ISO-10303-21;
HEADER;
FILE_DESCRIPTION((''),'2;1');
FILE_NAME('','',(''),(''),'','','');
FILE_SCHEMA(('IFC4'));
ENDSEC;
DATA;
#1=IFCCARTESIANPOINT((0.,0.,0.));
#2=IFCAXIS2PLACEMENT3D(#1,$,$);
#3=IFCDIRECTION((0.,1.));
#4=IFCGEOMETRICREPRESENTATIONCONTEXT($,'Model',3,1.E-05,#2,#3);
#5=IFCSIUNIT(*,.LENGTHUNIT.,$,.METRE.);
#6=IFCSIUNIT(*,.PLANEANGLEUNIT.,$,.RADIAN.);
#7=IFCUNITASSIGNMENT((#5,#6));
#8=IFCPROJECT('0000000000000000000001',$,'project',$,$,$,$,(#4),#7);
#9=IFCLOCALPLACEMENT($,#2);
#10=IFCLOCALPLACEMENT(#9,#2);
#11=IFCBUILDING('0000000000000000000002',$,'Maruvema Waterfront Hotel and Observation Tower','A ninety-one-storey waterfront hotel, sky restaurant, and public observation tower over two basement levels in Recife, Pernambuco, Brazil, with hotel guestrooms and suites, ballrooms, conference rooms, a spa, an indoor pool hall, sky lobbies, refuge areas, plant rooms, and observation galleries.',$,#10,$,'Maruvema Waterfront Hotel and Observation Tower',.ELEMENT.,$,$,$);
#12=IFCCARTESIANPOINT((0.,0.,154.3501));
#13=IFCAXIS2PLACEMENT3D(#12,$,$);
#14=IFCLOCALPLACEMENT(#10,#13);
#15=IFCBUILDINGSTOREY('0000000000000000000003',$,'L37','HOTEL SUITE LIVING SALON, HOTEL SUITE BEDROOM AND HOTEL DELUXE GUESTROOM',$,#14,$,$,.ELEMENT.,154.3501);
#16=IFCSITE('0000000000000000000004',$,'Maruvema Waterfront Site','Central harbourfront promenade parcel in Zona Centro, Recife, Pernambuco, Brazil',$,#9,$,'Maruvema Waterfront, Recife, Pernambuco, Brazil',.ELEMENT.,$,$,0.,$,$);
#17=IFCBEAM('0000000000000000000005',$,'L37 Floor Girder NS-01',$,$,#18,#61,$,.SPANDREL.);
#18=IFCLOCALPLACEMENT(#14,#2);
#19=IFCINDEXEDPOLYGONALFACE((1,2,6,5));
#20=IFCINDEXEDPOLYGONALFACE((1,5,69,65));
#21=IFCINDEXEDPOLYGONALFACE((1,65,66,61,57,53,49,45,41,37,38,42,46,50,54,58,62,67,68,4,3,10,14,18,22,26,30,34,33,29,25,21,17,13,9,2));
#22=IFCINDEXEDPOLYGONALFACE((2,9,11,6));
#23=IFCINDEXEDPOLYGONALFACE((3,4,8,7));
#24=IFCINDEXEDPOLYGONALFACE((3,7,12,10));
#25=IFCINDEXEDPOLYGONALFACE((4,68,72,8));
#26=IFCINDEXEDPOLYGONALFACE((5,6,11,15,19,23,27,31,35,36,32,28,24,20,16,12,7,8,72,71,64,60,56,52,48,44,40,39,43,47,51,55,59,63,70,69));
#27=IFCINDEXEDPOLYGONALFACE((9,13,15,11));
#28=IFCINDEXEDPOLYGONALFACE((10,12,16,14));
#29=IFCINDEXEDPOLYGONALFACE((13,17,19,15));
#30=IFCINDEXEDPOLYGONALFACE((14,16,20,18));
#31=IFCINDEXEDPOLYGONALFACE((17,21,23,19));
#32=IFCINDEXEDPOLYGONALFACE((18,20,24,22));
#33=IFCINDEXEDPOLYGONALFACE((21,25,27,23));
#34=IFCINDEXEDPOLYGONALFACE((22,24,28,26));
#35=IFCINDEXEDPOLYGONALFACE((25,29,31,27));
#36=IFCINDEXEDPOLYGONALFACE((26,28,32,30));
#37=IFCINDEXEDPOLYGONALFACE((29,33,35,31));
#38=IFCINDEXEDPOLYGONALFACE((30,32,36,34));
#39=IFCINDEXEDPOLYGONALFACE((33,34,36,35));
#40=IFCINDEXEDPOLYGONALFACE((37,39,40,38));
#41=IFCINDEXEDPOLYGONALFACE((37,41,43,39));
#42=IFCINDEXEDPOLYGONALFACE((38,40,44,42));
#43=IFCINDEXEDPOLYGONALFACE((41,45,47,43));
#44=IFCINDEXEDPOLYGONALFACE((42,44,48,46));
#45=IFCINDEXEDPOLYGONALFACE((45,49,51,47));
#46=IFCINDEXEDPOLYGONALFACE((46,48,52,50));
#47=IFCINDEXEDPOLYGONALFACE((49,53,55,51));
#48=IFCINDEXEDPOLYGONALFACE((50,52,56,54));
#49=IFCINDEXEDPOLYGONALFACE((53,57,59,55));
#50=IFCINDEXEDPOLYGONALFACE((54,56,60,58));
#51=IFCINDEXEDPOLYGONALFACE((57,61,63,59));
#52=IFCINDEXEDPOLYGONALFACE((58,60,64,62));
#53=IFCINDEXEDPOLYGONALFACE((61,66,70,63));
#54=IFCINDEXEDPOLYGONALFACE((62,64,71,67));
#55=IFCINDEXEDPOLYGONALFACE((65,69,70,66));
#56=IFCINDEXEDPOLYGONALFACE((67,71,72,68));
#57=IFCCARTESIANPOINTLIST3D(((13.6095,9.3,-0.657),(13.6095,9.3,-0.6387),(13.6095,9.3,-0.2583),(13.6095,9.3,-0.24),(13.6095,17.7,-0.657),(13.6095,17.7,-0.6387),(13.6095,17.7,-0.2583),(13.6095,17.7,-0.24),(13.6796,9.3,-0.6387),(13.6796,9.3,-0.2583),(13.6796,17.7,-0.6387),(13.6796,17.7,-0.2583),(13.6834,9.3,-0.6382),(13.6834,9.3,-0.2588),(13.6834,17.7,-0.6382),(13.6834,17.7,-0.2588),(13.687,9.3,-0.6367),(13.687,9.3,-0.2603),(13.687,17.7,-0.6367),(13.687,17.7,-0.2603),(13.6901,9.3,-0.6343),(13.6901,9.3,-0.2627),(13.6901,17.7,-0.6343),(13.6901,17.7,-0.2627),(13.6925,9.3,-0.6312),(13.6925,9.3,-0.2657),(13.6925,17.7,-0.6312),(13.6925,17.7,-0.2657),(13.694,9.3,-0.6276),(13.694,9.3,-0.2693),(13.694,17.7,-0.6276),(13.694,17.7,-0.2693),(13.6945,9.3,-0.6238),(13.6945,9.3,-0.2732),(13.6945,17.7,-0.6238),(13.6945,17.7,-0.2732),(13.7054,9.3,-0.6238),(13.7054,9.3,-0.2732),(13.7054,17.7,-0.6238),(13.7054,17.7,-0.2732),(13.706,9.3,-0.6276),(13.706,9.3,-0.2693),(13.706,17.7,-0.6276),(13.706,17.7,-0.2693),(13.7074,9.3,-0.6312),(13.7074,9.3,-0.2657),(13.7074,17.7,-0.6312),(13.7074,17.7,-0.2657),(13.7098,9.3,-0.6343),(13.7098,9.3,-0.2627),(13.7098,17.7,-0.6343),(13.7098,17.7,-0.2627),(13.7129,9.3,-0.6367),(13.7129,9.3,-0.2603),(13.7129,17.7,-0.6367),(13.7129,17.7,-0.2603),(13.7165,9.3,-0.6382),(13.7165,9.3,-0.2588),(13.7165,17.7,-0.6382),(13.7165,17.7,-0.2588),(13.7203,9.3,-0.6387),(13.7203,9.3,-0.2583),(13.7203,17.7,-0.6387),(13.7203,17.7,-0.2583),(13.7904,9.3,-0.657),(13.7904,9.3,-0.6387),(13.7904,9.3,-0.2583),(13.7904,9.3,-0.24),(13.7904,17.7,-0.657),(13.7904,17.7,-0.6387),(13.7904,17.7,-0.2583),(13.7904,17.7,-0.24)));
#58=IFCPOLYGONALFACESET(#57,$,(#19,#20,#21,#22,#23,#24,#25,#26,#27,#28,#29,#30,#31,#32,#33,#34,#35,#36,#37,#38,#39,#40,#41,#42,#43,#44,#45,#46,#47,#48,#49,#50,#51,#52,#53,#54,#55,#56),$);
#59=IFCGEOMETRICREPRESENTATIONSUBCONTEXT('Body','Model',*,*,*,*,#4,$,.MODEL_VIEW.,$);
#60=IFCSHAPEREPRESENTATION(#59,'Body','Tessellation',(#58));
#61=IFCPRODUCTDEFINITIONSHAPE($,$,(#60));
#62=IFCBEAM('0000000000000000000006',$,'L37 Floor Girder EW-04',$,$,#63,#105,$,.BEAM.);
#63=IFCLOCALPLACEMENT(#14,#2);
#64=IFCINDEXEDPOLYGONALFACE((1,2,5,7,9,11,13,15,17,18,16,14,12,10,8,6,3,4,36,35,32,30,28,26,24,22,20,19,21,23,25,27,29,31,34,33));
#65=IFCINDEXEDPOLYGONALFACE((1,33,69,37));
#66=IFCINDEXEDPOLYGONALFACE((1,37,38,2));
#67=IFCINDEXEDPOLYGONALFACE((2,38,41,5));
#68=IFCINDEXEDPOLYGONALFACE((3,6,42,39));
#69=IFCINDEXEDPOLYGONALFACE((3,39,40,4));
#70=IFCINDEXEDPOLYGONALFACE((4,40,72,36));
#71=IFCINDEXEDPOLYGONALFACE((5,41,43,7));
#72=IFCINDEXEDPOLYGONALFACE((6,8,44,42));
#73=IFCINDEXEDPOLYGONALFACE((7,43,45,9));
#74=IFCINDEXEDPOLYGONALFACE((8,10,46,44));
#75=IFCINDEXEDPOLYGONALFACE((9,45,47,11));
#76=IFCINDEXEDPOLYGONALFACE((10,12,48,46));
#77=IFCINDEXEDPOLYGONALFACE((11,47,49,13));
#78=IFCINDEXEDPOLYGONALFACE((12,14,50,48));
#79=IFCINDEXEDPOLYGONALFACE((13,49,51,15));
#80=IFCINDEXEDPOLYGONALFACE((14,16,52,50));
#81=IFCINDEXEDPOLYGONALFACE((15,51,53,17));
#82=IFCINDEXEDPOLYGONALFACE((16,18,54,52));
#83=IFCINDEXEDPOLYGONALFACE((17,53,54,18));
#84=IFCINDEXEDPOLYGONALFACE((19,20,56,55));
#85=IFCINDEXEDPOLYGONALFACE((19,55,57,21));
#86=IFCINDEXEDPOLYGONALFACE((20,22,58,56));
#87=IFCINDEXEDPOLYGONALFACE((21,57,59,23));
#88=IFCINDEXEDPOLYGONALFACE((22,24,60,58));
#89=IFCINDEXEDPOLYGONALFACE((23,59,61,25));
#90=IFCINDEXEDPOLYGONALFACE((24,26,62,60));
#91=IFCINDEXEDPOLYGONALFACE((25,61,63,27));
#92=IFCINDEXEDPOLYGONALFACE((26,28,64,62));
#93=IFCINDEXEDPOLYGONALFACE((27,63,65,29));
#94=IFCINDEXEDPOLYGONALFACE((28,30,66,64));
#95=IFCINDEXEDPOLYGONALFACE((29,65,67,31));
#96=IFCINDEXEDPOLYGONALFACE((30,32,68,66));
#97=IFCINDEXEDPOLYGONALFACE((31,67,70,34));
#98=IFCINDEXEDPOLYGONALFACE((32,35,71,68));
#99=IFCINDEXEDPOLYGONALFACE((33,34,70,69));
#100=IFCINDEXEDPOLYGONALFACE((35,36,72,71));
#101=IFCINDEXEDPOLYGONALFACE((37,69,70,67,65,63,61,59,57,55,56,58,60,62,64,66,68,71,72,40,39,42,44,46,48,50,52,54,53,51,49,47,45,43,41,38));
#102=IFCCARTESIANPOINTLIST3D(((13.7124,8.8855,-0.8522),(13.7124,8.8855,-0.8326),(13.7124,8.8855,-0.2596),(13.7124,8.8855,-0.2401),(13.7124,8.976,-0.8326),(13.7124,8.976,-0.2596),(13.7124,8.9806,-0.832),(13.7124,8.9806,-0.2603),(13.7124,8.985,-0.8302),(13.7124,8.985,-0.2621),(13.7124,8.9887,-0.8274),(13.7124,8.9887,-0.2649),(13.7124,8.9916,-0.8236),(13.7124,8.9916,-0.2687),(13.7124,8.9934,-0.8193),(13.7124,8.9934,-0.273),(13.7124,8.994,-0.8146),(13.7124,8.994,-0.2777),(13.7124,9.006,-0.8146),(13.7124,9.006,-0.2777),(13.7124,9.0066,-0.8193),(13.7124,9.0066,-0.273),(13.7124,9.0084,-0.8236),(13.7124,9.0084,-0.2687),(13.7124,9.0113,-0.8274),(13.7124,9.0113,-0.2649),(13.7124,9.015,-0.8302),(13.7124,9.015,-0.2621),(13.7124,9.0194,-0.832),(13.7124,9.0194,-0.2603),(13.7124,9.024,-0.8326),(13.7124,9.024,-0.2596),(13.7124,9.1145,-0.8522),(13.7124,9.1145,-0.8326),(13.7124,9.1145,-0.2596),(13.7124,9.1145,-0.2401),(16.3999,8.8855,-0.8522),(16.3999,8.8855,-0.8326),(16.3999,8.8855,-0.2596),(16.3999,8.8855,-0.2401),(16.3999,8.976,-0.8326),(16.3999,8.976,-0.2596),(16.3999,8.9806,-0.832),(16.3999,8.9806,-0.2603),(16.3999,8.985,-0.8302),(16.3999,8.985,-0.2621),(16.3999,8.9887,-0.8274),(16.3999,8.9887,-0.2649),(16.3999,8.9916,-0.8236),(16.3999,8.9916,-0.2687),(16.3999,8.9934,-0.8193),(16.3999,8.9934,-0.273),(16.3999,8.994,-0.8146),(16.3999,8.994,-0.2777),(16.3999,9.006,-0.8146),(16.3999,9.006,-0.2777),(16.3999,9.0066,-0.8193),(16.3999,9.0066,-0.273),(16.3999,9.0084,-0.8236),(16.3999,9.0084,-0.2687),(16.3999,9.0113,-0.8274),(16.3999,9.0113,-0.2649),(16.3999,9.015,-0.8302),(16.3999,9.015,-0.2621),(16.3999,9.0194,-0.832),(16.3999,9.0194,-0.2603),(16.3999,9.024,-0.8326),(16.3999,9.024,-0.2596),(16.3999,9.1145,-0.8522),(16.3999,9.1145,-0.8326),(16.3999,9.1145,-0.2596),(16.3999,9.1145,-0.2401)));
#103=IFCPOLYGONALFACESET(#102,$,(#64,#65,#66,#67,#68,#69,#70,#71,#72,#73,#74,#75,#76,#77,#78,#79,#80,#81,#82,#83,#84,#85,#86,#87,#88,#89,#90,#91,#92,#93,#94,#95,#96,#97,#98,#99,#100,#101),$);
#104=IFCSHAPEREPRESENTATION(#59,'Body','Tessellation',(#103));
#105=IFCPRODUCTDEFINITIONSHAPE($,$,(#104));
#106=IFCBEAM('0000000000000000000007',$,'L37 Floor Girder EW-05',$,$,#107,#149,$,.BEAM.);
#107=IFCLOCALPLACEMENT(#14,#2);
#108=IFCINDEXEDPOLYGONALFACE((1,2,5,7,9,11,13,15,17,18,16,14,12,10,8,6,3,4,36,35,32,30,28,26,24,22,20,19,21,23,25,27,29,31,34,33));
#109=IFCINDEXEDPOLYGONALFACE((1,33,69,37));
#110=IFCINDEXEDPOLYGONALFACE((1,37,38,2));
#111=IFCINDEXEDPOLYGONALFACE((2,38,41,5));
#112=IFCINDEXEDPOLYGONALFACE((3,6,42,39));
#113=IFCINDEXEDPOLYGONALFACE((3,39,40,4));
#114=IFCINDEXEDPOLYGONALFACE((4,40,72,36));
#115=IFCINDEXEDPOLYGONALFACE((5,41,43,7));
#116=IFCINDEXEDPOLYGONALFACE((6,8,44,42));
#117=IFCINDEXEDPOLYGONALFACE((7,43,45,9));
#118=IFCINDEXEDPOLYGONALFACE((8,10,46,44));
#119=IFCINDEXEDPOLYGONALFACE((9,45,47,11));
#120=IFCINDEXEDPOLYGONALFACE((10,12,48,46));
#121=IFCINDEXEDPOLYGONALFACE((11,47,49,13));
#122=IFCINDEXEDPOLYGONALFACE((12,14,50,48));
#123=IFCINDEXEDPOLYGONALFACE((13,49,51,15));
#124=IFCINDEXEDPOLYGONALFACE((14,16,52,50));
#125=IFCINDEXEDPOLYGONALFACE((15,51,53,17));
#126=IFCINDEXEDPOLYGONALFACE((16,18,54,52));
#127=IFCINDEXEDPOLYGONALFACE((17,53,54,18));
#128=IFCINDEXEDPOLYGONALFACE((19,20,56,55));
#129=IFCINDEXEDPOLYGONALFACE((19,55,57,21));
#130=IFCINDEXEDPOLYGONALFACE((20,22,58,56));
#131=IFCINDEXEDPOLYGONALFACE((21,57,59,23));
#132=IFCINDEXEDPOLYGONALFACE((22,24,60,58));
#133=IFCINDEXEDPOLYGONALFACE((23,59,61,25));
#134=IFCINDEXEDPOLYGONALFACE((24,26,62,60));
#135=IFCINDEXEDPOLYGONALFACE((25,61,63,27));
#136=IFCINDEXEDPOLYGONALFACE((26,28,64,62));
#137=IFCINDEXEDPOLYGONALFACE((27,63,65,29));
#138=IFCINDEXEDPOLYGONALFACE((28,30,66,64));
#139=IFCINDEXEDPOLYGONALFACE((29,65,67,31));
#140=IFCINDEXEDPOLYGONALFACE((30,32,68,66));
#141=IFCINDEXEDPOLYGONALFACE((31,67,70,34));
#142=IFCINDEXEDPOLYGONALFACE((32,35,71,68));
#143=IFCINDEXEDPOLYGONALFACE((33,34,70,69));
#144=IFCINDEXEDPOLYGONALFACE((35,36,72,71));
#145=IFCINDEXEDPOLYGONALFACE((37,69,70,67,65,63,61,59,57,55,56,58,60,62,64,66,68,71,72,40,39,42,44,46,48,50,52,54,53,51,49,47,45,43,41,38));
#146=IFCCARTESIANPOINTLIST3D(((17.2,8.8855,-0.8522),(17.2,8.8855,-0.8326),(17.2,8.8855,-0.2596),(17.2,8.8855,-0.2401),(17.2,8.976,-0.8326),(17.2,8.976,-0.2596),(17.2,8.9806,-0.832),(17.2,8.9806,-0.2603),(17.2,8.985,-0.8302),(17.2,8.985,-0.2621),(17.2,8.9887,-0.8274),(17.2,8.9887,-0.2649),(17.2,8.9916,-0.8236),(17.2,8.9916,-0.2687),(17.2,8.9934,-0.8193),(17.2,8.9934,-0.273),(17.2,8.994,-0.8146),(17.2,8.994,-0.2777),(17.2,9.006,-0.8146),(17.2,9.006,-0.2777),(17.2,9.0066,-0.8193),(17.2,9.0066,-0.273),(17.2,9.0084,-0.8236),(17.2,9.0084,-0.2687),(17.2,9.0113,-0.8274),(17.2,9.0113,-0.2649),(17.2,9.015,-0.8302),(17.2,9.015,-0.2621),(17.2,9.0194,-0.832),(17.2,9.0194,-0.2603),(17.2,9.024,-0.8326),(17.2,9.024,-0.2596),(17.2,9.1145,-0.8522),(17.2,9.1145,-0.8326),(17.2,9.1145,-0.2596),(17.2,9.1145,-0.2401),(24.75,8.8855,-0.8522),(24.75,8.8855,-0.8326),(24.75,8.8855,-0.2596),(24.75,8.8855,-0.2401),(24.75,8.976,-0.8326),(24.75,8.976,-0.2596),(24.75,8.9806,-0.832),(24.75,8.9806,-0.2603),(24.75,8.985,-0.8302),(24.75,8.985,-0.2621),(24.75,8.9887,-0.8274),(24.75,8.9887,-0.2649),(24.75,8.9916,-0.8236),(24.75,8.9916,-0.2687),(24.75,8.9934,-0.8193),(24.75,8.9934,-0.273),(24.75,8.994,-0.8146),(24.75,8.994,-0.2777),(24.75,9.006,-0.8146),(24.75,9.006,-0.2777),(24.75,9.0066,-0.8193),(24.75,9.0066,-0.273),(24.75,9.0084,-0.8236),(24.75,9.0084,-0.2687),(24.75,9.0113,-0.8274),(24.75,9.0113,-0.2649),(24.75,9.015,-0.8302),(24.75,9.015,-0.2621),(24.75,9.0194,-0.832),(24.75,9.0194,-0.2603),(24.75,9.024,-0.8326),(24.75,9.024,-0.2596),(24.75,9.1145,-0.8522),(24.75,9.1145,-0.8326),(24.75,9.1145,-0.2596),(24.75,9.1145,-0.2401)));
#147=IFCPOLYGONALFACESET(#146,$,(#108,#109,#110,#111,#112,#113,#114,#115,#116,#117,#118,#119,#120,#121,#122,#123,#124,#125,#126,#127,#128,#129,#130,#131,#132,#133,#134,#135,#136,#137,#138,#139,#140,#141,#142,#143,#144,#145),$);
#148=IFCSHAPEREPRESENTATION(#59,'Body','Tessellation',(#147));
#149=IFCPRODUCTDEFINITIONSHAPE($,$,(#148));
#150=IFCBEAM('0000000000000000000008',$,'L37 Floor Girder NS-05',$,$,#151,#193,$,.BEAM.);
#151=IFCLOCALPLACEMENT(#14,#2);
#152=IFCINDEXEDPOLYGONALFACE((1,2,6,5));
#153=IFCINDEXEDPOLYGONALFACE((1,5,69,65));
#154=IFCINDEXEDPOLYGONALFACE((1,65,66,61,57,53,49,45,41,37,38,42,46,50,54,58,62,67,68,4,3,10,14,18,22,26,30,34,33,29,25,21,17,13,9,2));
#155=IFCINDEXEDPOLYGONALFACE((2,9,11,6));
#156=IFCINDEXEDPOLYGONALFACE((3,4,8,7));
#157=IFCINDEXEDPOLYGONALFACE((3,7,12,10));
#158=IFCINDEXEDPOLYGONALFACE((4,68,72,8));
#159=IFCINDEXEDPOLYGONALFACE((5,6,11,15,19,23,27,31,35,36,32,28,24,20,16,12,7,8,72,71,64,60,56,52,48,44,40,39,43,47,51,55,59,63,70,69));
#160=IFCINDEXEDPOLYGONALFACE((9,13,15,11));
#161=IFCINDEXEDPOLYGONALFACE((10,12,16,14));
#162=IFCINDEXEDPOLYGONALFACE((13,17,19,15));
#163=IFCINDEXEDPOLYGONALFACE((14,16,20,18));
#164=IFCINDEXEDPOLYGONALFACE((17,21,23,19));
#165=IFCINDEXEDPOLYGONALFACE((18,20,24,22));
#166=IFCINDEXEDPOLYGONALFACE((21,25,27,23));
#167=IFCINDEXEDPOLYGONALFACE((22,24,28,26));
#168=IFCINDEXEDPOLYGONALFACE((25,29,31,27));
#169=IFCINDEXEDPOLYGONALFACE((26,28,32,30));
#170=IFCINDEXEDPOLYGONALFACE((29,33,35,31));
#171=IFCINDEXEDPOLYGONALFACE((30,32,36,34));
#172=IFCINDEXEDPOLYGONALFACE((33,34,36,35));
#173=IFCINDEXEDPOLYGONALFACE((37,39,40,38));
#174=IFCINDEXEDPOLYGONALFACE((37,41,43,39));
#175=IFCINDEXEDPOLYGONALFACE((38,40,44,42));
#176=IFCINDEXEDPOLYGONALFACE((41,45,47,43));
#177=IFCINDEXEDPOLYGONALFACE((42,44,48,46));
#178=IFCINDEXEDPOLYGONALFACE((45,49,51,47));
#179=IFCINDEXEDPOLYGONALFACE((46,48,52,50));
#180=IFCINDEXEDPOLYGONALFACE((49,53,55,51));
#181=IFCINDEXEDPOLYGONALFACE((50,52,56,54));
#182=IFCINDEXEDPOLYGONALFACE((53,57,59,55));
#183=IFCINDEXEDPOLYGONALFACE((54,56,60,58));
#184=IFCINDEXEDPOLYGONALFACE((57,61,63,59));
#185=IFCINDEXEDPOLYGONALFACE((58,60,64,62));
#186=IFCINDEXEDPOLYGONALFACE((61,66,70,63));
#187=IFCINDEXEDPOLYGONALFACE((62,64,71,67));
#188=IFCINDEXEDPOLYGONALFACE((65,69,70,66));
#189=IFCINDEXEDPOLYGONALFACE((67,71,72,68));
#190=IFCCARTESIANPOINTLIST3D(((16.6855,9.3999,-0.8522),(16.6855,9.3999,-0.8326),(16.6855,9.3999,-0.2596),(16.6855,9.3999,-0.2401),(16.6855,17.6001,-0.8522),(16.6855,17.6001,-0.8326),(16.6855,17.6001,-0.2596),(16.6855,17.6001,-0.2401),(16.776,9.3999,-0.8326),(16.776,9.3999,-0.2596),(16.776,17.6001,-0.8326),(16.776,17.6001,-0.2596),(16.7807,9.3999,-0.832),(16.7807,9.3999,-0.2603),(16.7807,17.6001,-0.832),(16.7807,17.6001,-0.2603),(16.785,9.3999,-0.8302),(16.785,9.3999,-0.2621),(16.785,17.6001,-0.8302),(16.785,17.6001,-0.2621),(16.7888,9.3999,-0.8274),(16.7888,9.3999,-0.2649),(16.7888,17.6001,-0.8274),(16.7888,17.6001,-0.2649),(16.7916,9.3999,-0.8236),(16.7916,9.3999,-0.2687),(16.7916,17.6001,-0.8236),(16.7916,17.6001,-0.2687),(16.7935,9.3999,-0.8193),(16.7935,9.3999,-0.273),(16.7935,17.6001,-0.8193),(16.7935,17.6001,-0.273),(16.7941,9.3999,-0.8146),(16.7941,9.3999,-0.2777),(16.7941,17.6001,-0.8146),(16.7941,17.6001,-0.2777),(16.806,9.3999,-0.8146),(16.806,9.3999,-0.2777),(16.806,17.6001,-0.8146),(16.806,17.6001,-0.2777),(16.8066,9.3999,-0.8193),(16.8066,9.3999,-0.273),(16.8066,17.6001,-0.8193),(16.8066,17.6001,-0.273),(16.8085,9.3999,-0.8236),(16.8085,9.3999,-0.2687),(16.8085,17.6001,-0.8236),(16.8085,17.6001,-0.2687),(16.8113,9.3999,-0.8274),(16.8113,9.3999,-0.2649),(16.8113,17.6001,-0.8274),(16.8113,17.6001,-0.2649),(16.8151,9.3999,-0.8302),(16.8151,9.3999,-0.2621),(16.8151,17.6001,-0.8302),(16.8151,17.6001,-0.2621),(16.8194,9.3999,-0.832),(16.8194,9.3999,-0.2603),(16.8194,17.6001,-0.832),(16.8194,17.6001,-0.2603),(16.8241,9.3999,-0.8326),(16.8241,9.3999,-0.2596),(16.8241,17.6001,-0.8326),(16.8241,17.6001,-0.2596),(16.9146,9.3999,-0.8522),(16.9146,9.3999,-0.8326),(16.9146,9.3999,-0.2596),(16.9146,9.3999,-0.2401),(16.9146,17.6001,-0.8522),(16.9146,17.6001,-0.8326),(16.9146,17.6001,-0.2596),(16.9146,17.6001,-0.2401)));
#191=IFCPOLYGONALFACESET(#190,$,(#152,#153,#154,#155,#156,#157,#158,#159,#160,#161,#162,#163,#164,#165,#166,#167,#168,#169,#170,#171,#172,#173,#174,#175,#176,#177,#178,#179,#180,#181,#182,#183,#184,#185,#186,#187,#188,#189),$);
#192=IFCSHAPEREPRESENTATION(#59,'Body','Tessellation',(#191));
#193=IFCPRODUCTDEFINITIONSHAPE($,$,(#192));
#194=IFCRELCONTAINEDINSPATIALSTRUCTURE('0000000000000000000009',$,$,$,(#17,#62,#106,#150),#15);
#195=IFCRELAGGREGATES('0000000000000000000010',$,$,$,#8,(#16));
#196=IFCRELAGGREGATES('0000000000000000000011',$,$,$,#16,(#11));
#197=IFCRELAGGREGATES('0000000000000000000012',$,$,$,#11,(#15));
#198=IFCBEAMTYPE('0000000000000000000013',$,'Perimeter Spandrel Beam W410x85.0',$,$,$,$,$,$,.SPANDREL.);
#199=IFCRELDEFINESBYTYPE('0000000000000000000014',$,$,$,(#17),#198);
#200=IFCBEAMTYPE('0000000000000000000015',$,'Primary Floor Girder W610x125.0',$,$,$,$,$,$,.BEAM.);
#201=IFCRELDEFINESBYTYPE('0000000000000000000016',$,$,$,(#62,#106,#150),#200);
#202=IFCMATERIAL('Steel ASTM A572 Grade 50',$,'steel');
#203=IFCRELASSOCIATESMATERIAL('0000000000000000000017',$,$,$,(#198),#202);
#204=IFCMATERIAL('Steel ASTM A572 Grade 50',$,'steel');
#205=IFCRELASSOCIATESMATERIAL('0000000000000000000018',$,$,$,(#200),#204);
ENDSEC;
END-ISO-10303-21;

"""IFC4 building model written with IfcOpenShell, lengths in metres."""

from ifc_helpers import new_model, si_unit, direction, frame, origin, origin_2d, place, context, subcontext, project, spatial, i_section, extrude, material, material_profile, profile_set, type_object, element, save


model = new_model("IFC4")

# Units and contexts
model_context = context("Model", 3, precision=1e-05, world=origin(), true_north=direction((0.0, 1.0)))
body_context = subcontext(model_context, "Body", "Model", "MODEL_VIEW")
ifc_project = project(units=[si_unit("LENGTHUNIT", "METRE"), si_unit("PLANEANGLEUNIT", "RADIAN")], contexts=[model_context])

# Site, building, storey
site_placement = place(None, origin())
site = spatial("IfcSite", under=ifc_project, at=site_placement, Name="Maruvema Waterfront Site", Description="Central harbourfront promenade parcel in Zona Centro, Recife, Pernambuco, Brazil", LongName="Maruvema Waterfront, Recife, Pernambuco, Brazil", CompositionType="ELEMENT", RefElevation=0.0)
building_placement = place(site_placement, origin())
building = spatial("IfcBuilding", under=site, at=building_placement, Name="Maruvema Waterfront Hotel and Observation Tower", Description="A ninety-one-storey waterfront hotel, sky restaurant, and public observation tower over two basement levels in Recife, Pernambuco, Brazil, with hotel guestrooms and suites, ballrooms, conference rooms, a spa, an indoor pool hall, sky lobbies, refuge areas, plant rooms, and observation galleries.", LongName="Maruvema Waterfront Hotel and Observation Tower", CompositionType="ELEMENT")
storey_placement = place(building_placement, frame((0.0, 0.0, 154.3501)))
storey = spatial("IfcBuildingStorey", under=building, at=storey_placement, Name="L37", Description="HOTEL SUITE LIVING SALON, HOTEL SUITE BEDROOM AND HOTEL DELUXE GUESTROOM", CompositionType="ELEMENT", Elevation=154.3501)

# Beams
ifc_material_1 = material(Name="Steel ASTM A572 Grade 50", Category="steel")
ifc_material_profile_1 = material_profile(ifc_material_1, i_section(OverallWidth=0.1809, OverallDepth=0.417, WebThickness=0.011, FlangeThickness=0.0183, FilletRadius=0.0149, at=origin_2d()), Name="W410x85.0")
ifc_profile_set_1 = profile_set([ifc_material_profile_1], Name="Steel ASTM A572 Grade 50")
beam_type_1 = type_object("IfcBeamType", Name="Perimeter Spandrel Beam W410x85.0", PredefinedType="SPANDREL", material=ifc_profile_set_1)
beam_1_placement = place(storey_placement, frame((13.7, 9.3, -0.4485), z_axis=(0.0, 1.0, 0.0), x_axis=(-1.0, 0.0, 0.0)))
element("IfcBeam", 1, at=beam_1_placement, inside=storey, type_object=beam_type_1, Name="L37 Floor Girder NS-01", PredefinedType="SPANDREL", context=body_context, shape_type="SweptSolid", body=[
    extrude(i_section(OverallWidth=0.1809, OverallDepth=0.417, WebThickness=0.011, FlangeThickness=0.0183, FilletRadius=0.0149, at=origin_2d()), origin(), (0.0, 0.0, 1.0), 8.3999),
])
ifc_material_2 = material(Name="Steel ASTM A572 Grade 50", Category="steel")
ifc_material_profile_2 = material_profile(ifc_material_2, i_section(OverallWidth=0.229, OverallDepth=0.6121, WebThickness=0.012, FlangeThickness=0.0195, FilletRadius=0.0181, at=origin_2d()), Name="W610x125.0")
ifc_profile_set_2 = profile_set([ifc_material_profile_2], Name="Steel ASTM A572 Grade 50")
beam_type_2 = type_object("IfcBeamType", Name="Primary Floor Girder W610x125.0", PredefinedType="BEAM", material=ifc_profile_set_2)
beam_2_placement = place(storey_placement, frame((13.7124, 9.0, -0.5461), z_axis=(1.0, 0.0, 0.0), x_axis=(0.0, 1.0, 0.0)))
element("IfcBeam", 2, at=beam_2_placement, inside=storey, type_object=beam_type_2, Name="L37 Floor Girder EW-04", PredefinedType="BEAM", context=body_context, shape_type="SweptSolid", body=[
    extrude(i_section(OverallWidth=0.229, OverallDepth=0.6121, WebThickness=0.012, FlangeThickness=0.0195, FilletRadius=0.0181, at=origin_2d()), origin(), (0.0, 0.0, 1.0), 2.6875),
])
beam_3_placement = place(storey_placement, frame((17.2, 9.0, -0.5461), z_axis=(1.0, 0.0, 0.0), x_axis=(0.0, 1.0, 0.0)))
element("IfcBeam", 3, at=beam_3_placement, inside=storey, type_object=beam_type_2, Name="L37 Floor Girder EW-05", PredefinedType="BEAM", context=body_context, shape_type="SweptSolid", body=[
    extrude(i_section(OverallWidth=0.229, OverallDepth=0.6121, WebThickness=0.012, FlangeThickness=0.0195, FilletRadius=0.0181, at=origin_2d()), origin(), (0.0, 0.0, 1.0), 7.55),
])
beam_4_placement = place(storey_placement, frame((16.8, 9.3999, -0.5461), z_axis=(0.0, 1.0, 0.0), x_axis=(-1.0, 0.0, 0.0)))
element("IfcBeam", 4, at=beam_4_placement, inside=storey, type_object=beam_type_2, Name="L37 Floor Girder NS-05", PredefinedType="BEAM", context=body_context, shape_type="SweptSolid", body=[
    extrude(i_section(OverallWidth=0.229, OverallDepth=0.6121, WebThickness=0.012, FlangeThickness=0.0195, FilletRadius=0.0181, at=origin_2d()), origin(), (0.0, 0.0, 1.0), 8.2002),
])

save(model, "model.ifc")
